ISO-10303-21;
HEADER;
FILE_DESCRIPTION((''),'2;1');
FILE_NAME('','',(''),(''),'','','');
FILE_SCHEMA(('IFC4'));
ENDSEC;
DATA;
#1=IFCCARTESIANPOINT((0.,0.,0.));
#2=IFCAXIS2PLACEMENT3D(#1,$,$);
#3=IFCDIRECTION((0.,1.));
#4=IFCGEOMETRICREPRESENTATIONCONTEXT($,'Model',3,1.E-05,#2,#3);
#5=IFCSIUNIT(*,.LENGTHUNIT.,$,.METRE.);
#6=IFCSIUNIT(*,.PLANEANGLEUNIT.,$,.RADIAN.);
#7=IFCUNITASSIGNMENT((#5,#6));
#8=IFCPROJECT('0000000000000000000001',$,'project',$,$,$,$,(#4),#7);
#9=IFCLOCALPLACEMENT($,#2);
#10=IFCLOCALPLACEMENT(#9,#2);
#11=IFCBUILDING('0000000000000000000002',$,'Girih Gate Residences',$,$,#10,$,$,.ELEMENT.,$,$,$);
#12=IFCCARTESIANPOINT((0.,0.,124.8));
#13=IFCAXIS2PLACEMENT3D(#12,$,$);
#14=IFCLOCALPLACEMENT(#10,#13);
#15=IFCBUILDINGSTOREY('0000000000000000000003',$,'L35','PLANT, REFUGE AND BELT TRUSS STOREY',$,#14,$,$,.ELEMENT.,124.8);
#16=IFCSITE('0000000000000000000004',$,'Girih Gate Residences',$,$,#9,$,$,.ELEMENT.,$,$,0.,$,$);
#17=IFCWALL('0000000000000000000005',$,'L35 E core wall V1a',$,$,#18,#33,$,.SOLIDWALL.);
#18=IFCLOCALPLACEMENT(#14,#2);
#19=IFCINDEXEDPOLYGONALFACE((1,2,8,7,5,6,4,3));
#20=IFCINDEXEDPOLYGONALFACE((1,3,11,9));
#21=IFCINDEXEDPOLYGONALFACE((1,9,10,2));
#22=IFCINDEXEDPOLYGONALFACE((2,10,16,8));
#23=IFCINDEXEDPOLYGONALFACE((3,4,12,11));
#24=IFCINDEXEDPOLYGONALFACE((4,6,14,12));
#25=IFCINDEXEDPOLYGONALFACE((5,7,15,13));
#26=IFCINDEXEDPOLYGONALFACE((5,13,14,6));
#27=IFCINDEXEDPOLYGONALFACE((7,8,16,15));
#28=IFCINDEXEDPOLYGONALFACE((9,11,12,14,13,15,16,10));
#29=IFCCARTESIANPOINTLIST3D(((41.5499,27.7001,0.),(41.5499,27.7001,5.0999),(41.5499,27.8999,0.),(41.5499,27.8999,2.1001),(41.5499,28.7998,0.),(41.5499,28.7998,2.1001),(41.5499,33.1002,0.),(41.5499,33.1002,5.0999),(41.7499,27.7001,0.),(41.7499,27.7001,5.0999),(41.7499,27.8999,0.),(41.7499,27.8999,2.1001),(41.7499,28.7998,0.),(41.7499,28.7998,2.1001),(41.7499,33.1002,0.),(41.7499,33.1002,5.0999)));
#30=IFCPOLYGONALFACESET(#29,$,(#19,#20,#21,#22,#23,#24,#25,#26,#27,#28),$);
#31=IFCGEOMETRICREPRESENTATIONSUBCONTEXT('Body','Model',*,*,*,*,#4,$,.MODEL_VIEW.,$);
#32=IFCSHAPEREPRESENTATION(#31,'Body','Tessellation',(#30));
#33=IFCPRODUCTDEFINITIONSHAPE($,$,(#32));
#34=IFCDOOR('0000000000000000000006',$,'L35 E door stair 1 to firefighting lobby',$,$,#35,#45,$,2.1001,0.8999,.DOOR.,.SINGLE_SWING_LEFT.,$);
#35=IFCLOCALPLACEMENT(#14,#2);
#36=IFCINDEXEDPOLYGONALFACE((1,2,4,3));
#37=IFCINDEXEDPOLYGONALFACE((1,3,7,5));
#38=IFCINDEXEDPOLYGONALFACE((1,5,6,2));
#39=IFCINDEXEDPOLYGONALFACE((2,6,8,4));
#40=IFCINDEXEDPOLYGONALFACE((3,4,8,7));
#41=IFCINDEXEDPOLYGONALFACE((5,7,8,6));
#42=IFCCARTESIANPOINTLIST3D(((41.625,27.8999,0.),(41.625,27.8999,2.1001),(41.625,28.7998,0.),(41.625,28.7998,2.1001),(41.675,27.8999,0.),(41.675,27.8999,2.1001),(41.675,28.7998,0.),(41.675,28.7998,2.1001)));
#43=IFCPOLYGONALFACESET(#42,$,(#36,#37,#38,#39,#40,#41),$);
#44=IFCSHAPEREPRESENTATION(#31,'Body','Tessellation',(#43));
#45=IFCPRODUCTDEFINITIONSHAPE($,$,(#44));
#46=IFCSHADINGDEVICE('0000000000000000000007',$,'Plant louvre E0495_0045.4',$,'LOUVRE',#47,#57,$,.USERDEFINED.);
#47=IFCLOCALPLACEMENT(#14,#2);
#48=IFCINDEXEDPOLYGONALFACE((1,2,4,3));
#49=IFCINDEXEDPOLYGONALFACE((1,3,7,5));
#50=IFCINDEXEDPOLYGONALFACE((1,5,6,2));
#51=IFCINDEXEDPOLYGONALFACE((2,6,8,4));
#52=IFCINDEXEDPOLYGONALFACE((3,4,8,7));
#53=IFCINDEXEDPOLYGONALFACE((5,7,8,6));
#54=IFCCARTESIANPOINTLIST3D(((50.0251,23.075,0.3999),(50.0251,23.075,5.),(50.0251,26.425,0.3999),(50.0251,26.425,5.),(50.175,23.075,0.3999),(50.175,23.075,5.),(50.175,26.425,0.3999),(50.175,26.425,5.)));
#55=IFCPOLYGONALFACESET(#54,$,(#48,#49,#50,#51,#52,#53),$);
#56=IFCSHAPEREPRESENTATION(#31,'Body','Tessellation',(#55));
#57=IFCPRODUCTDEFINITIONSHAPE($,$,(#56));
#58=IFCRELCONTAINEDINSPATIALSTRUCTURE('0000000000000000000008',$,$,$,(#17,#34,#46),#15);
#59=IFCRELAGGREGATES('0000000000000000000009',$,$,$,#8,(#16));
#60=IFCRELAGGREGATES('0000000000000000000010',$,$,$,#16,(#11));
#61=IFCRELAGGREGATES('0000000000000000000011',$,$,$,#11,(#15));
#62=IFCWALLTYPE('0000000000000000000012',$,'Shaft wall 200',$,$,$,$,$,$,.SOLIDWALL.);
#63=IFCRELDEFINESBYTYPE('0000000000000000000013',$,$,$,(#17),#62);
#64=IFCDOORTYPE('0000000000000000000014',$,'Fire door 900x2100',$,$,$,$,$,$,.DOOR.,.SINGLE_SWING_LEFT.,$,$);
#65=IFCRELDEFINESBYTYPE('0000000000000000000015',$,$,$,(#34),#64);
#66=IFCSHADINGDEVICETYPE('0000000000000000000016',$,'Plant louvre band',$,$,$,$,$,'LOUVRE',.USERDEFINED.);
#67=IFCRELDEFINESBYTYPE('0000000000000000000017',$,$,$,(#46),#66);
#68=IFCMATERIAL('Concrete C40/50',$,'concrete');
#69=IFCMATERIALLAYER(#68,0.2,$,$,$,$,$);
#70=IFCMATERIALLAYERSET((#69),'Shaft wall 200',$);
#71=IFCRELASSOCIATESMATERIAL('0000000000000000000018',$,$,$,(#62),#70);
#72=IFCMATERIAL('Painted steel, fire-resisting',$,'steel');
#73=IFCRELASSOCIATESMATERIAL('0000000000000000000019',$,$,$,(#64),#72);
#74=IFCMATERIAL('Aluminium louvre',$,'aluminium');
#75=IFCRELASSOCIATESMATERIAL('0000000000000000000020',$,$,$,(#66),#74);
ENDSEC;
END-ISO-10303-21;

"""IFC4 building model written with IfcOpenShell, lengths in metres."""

from ifc_helpers import new_model, si_unit, direction, frame, frame_2d, origin, origin_2d, place, context, subcontext, project, spatial, rectangle, extrude, material, layer, layer_set, type_object, element, fill, save


model = new_model("IFC4")

# Units and contexts
model_context = context("Model", 3, precision=1e-05, world=origin(), true_north=direction((0.0, 1.0)))
body_context = subcontext(model_context, "Body", "Model", "MODEL_VIEW")
ifc_project = project(units=[si_unit("LENGTHUNIT", "METRE"), si_unit("PLANEANGLEUNIT", "RADIAN")], contexts=[model_context])

# Site, building, storey
site_placement = place(None, origin())
site = spatial("IfcSite", under=ifc_project, at=site_placement, Name="Girih Gate Residences", CompositionType="ELEMENT", RefElevation=0.0)
building_placement = place(site_placement, origin())
building = spatial("IfcBuilding", under=site, at=building_placement, Name="Girih Gate Residences", CompositionType="ELEMENT")
storey_placement = place(building_placement, frame((0.0, 0.0, 124.8)))
storey = spatial("IfcBuildingStorey", under=building, at=storey_placement, Name="L35", Description="PLANT, REFUGE AND BELT TRUSS STOREY", CompositionType="ELEMENT", Elevation=124.8)

# Shared definitions
ifc_material_1 = material(Name="Painted steel, fire-resisting", Category="steel")

# Wall, opening, door
ifc_material_2 = material(Name="Concrete C40/50", Category="concrete")
ifc_layer_1 = layer(ifc_material_2, 0.2)
ifc_layer_set_1 = layer_set([ifc_layer_1], Name="Shaft wall 200")
wall_type_1 = type_object("IfcWallType", Name="Shaft wall 200", PredefinedType="SOLIDWALL", material=ifc_layer_set_1)
wall_1_placement = place(storey_placement, frame((41.6499, 27.7, 0.0), z_axis=(0.0, 0.0, 1.0), x_axis=(0.0, 1.0, 0.0)))
wall_1 = element("IfcWall", 1, at=wall_1_placement, inside=storey, type_object=wall_type_1, Name="L35 E core wall V1a", PredefinedType="SOLIDWALL", context=body_context, shape_type="SweptSolid", body=[
    extrude(rectangle(XDim=5.4001, YDim=0.2, at=frame_2d((2.7002, 0.0))), origin(), (0.0, 0.0, 1.0), 5.0999),
])
opening_1_placement = place(wall_1_placement, frame((0.2, 0.0, 0.0)))
opening_1 = element("IfcOpeningElement", 2, at=opening_1_placement, cuts=wall_1, PredefinedType="OPENING", context=body_context, shape_type="SweptSolid", body=[
    extrude(rectangle(XDim=0.8999, YDim=2.1001, at=frame_2d((0.45, 1.05))), frame((0.0, 0.1099, 0.0), z_axis=(0.0, -1.0, 0.0), x_axis=(1.0, 0.0, 0.0)), (0.0, 0.0, 1.0), 0.22),
])
door_type_1 = type_object("IfcDoorType", Name="Fire door 900x2100", OperationType="SINGLE_SWING_LEFT", PredefinedType="DOOR", material=ifc_material_1)
door_1_placement = place(opening_1_placement, origin())
door_1 = element("IfcDoor", 3, at=door_1_placement, inside=storey, type_object=door_type_1, Name="L35 E door stair 1 to firefighting lobby", OperationType="SINGLE_SWING_LEFT", OverallHeight=2.1001, OverallWidth=0.8999, PredefinedType="DOOR", context=body_context, shape_type="SweptSolid", body=[
    extrude(rectangle(XDim=0.8999, YDim=2.1001, at=frame_2d((0.45, 1.05))), frame((0.0, 0.0249, 0.0), z_axis=(0.0, -1.0, 0.0), x_axis=(1.0, 0.0, 0.0)), (0.0, 0.0, 1.0), 0.05),
])
fill(opening_1, door_1)

# Shading device
ifc_material_3 = material(Name="Aluminium louvre", Category="aluminium")
shading_device_type = type_object("IfcShadingDeviceType", Name="Plant louvre band", ElementType="LOUVRE", PredefinedType="USERDEFINED", material=ifc_material_3)
shading_device_placement = place(storey_placement, frame((50.1001, 24.75, 0.3999), z_axis=(0.0, 0.0, 1.0), x_axis=(0.0, 1.0, 0.0)))
element("IfcShadingDevice", 4, at=shading_device_placement, inside=storey, type_object=shading_device_type, Name="Plant louvre E0495_0045.4", ObjectType="LOUVRE", PredefinedType="USERDEFINED", context=body_context, shape_type="SweptSolid", body=[
    extrude(rectangle(XDim=3.3501, YDim=0.1499, at=origin_2d()), origin(), (0.0, 0.0, 1.0), 4.6001),
])

save(model, "model.ifc")
